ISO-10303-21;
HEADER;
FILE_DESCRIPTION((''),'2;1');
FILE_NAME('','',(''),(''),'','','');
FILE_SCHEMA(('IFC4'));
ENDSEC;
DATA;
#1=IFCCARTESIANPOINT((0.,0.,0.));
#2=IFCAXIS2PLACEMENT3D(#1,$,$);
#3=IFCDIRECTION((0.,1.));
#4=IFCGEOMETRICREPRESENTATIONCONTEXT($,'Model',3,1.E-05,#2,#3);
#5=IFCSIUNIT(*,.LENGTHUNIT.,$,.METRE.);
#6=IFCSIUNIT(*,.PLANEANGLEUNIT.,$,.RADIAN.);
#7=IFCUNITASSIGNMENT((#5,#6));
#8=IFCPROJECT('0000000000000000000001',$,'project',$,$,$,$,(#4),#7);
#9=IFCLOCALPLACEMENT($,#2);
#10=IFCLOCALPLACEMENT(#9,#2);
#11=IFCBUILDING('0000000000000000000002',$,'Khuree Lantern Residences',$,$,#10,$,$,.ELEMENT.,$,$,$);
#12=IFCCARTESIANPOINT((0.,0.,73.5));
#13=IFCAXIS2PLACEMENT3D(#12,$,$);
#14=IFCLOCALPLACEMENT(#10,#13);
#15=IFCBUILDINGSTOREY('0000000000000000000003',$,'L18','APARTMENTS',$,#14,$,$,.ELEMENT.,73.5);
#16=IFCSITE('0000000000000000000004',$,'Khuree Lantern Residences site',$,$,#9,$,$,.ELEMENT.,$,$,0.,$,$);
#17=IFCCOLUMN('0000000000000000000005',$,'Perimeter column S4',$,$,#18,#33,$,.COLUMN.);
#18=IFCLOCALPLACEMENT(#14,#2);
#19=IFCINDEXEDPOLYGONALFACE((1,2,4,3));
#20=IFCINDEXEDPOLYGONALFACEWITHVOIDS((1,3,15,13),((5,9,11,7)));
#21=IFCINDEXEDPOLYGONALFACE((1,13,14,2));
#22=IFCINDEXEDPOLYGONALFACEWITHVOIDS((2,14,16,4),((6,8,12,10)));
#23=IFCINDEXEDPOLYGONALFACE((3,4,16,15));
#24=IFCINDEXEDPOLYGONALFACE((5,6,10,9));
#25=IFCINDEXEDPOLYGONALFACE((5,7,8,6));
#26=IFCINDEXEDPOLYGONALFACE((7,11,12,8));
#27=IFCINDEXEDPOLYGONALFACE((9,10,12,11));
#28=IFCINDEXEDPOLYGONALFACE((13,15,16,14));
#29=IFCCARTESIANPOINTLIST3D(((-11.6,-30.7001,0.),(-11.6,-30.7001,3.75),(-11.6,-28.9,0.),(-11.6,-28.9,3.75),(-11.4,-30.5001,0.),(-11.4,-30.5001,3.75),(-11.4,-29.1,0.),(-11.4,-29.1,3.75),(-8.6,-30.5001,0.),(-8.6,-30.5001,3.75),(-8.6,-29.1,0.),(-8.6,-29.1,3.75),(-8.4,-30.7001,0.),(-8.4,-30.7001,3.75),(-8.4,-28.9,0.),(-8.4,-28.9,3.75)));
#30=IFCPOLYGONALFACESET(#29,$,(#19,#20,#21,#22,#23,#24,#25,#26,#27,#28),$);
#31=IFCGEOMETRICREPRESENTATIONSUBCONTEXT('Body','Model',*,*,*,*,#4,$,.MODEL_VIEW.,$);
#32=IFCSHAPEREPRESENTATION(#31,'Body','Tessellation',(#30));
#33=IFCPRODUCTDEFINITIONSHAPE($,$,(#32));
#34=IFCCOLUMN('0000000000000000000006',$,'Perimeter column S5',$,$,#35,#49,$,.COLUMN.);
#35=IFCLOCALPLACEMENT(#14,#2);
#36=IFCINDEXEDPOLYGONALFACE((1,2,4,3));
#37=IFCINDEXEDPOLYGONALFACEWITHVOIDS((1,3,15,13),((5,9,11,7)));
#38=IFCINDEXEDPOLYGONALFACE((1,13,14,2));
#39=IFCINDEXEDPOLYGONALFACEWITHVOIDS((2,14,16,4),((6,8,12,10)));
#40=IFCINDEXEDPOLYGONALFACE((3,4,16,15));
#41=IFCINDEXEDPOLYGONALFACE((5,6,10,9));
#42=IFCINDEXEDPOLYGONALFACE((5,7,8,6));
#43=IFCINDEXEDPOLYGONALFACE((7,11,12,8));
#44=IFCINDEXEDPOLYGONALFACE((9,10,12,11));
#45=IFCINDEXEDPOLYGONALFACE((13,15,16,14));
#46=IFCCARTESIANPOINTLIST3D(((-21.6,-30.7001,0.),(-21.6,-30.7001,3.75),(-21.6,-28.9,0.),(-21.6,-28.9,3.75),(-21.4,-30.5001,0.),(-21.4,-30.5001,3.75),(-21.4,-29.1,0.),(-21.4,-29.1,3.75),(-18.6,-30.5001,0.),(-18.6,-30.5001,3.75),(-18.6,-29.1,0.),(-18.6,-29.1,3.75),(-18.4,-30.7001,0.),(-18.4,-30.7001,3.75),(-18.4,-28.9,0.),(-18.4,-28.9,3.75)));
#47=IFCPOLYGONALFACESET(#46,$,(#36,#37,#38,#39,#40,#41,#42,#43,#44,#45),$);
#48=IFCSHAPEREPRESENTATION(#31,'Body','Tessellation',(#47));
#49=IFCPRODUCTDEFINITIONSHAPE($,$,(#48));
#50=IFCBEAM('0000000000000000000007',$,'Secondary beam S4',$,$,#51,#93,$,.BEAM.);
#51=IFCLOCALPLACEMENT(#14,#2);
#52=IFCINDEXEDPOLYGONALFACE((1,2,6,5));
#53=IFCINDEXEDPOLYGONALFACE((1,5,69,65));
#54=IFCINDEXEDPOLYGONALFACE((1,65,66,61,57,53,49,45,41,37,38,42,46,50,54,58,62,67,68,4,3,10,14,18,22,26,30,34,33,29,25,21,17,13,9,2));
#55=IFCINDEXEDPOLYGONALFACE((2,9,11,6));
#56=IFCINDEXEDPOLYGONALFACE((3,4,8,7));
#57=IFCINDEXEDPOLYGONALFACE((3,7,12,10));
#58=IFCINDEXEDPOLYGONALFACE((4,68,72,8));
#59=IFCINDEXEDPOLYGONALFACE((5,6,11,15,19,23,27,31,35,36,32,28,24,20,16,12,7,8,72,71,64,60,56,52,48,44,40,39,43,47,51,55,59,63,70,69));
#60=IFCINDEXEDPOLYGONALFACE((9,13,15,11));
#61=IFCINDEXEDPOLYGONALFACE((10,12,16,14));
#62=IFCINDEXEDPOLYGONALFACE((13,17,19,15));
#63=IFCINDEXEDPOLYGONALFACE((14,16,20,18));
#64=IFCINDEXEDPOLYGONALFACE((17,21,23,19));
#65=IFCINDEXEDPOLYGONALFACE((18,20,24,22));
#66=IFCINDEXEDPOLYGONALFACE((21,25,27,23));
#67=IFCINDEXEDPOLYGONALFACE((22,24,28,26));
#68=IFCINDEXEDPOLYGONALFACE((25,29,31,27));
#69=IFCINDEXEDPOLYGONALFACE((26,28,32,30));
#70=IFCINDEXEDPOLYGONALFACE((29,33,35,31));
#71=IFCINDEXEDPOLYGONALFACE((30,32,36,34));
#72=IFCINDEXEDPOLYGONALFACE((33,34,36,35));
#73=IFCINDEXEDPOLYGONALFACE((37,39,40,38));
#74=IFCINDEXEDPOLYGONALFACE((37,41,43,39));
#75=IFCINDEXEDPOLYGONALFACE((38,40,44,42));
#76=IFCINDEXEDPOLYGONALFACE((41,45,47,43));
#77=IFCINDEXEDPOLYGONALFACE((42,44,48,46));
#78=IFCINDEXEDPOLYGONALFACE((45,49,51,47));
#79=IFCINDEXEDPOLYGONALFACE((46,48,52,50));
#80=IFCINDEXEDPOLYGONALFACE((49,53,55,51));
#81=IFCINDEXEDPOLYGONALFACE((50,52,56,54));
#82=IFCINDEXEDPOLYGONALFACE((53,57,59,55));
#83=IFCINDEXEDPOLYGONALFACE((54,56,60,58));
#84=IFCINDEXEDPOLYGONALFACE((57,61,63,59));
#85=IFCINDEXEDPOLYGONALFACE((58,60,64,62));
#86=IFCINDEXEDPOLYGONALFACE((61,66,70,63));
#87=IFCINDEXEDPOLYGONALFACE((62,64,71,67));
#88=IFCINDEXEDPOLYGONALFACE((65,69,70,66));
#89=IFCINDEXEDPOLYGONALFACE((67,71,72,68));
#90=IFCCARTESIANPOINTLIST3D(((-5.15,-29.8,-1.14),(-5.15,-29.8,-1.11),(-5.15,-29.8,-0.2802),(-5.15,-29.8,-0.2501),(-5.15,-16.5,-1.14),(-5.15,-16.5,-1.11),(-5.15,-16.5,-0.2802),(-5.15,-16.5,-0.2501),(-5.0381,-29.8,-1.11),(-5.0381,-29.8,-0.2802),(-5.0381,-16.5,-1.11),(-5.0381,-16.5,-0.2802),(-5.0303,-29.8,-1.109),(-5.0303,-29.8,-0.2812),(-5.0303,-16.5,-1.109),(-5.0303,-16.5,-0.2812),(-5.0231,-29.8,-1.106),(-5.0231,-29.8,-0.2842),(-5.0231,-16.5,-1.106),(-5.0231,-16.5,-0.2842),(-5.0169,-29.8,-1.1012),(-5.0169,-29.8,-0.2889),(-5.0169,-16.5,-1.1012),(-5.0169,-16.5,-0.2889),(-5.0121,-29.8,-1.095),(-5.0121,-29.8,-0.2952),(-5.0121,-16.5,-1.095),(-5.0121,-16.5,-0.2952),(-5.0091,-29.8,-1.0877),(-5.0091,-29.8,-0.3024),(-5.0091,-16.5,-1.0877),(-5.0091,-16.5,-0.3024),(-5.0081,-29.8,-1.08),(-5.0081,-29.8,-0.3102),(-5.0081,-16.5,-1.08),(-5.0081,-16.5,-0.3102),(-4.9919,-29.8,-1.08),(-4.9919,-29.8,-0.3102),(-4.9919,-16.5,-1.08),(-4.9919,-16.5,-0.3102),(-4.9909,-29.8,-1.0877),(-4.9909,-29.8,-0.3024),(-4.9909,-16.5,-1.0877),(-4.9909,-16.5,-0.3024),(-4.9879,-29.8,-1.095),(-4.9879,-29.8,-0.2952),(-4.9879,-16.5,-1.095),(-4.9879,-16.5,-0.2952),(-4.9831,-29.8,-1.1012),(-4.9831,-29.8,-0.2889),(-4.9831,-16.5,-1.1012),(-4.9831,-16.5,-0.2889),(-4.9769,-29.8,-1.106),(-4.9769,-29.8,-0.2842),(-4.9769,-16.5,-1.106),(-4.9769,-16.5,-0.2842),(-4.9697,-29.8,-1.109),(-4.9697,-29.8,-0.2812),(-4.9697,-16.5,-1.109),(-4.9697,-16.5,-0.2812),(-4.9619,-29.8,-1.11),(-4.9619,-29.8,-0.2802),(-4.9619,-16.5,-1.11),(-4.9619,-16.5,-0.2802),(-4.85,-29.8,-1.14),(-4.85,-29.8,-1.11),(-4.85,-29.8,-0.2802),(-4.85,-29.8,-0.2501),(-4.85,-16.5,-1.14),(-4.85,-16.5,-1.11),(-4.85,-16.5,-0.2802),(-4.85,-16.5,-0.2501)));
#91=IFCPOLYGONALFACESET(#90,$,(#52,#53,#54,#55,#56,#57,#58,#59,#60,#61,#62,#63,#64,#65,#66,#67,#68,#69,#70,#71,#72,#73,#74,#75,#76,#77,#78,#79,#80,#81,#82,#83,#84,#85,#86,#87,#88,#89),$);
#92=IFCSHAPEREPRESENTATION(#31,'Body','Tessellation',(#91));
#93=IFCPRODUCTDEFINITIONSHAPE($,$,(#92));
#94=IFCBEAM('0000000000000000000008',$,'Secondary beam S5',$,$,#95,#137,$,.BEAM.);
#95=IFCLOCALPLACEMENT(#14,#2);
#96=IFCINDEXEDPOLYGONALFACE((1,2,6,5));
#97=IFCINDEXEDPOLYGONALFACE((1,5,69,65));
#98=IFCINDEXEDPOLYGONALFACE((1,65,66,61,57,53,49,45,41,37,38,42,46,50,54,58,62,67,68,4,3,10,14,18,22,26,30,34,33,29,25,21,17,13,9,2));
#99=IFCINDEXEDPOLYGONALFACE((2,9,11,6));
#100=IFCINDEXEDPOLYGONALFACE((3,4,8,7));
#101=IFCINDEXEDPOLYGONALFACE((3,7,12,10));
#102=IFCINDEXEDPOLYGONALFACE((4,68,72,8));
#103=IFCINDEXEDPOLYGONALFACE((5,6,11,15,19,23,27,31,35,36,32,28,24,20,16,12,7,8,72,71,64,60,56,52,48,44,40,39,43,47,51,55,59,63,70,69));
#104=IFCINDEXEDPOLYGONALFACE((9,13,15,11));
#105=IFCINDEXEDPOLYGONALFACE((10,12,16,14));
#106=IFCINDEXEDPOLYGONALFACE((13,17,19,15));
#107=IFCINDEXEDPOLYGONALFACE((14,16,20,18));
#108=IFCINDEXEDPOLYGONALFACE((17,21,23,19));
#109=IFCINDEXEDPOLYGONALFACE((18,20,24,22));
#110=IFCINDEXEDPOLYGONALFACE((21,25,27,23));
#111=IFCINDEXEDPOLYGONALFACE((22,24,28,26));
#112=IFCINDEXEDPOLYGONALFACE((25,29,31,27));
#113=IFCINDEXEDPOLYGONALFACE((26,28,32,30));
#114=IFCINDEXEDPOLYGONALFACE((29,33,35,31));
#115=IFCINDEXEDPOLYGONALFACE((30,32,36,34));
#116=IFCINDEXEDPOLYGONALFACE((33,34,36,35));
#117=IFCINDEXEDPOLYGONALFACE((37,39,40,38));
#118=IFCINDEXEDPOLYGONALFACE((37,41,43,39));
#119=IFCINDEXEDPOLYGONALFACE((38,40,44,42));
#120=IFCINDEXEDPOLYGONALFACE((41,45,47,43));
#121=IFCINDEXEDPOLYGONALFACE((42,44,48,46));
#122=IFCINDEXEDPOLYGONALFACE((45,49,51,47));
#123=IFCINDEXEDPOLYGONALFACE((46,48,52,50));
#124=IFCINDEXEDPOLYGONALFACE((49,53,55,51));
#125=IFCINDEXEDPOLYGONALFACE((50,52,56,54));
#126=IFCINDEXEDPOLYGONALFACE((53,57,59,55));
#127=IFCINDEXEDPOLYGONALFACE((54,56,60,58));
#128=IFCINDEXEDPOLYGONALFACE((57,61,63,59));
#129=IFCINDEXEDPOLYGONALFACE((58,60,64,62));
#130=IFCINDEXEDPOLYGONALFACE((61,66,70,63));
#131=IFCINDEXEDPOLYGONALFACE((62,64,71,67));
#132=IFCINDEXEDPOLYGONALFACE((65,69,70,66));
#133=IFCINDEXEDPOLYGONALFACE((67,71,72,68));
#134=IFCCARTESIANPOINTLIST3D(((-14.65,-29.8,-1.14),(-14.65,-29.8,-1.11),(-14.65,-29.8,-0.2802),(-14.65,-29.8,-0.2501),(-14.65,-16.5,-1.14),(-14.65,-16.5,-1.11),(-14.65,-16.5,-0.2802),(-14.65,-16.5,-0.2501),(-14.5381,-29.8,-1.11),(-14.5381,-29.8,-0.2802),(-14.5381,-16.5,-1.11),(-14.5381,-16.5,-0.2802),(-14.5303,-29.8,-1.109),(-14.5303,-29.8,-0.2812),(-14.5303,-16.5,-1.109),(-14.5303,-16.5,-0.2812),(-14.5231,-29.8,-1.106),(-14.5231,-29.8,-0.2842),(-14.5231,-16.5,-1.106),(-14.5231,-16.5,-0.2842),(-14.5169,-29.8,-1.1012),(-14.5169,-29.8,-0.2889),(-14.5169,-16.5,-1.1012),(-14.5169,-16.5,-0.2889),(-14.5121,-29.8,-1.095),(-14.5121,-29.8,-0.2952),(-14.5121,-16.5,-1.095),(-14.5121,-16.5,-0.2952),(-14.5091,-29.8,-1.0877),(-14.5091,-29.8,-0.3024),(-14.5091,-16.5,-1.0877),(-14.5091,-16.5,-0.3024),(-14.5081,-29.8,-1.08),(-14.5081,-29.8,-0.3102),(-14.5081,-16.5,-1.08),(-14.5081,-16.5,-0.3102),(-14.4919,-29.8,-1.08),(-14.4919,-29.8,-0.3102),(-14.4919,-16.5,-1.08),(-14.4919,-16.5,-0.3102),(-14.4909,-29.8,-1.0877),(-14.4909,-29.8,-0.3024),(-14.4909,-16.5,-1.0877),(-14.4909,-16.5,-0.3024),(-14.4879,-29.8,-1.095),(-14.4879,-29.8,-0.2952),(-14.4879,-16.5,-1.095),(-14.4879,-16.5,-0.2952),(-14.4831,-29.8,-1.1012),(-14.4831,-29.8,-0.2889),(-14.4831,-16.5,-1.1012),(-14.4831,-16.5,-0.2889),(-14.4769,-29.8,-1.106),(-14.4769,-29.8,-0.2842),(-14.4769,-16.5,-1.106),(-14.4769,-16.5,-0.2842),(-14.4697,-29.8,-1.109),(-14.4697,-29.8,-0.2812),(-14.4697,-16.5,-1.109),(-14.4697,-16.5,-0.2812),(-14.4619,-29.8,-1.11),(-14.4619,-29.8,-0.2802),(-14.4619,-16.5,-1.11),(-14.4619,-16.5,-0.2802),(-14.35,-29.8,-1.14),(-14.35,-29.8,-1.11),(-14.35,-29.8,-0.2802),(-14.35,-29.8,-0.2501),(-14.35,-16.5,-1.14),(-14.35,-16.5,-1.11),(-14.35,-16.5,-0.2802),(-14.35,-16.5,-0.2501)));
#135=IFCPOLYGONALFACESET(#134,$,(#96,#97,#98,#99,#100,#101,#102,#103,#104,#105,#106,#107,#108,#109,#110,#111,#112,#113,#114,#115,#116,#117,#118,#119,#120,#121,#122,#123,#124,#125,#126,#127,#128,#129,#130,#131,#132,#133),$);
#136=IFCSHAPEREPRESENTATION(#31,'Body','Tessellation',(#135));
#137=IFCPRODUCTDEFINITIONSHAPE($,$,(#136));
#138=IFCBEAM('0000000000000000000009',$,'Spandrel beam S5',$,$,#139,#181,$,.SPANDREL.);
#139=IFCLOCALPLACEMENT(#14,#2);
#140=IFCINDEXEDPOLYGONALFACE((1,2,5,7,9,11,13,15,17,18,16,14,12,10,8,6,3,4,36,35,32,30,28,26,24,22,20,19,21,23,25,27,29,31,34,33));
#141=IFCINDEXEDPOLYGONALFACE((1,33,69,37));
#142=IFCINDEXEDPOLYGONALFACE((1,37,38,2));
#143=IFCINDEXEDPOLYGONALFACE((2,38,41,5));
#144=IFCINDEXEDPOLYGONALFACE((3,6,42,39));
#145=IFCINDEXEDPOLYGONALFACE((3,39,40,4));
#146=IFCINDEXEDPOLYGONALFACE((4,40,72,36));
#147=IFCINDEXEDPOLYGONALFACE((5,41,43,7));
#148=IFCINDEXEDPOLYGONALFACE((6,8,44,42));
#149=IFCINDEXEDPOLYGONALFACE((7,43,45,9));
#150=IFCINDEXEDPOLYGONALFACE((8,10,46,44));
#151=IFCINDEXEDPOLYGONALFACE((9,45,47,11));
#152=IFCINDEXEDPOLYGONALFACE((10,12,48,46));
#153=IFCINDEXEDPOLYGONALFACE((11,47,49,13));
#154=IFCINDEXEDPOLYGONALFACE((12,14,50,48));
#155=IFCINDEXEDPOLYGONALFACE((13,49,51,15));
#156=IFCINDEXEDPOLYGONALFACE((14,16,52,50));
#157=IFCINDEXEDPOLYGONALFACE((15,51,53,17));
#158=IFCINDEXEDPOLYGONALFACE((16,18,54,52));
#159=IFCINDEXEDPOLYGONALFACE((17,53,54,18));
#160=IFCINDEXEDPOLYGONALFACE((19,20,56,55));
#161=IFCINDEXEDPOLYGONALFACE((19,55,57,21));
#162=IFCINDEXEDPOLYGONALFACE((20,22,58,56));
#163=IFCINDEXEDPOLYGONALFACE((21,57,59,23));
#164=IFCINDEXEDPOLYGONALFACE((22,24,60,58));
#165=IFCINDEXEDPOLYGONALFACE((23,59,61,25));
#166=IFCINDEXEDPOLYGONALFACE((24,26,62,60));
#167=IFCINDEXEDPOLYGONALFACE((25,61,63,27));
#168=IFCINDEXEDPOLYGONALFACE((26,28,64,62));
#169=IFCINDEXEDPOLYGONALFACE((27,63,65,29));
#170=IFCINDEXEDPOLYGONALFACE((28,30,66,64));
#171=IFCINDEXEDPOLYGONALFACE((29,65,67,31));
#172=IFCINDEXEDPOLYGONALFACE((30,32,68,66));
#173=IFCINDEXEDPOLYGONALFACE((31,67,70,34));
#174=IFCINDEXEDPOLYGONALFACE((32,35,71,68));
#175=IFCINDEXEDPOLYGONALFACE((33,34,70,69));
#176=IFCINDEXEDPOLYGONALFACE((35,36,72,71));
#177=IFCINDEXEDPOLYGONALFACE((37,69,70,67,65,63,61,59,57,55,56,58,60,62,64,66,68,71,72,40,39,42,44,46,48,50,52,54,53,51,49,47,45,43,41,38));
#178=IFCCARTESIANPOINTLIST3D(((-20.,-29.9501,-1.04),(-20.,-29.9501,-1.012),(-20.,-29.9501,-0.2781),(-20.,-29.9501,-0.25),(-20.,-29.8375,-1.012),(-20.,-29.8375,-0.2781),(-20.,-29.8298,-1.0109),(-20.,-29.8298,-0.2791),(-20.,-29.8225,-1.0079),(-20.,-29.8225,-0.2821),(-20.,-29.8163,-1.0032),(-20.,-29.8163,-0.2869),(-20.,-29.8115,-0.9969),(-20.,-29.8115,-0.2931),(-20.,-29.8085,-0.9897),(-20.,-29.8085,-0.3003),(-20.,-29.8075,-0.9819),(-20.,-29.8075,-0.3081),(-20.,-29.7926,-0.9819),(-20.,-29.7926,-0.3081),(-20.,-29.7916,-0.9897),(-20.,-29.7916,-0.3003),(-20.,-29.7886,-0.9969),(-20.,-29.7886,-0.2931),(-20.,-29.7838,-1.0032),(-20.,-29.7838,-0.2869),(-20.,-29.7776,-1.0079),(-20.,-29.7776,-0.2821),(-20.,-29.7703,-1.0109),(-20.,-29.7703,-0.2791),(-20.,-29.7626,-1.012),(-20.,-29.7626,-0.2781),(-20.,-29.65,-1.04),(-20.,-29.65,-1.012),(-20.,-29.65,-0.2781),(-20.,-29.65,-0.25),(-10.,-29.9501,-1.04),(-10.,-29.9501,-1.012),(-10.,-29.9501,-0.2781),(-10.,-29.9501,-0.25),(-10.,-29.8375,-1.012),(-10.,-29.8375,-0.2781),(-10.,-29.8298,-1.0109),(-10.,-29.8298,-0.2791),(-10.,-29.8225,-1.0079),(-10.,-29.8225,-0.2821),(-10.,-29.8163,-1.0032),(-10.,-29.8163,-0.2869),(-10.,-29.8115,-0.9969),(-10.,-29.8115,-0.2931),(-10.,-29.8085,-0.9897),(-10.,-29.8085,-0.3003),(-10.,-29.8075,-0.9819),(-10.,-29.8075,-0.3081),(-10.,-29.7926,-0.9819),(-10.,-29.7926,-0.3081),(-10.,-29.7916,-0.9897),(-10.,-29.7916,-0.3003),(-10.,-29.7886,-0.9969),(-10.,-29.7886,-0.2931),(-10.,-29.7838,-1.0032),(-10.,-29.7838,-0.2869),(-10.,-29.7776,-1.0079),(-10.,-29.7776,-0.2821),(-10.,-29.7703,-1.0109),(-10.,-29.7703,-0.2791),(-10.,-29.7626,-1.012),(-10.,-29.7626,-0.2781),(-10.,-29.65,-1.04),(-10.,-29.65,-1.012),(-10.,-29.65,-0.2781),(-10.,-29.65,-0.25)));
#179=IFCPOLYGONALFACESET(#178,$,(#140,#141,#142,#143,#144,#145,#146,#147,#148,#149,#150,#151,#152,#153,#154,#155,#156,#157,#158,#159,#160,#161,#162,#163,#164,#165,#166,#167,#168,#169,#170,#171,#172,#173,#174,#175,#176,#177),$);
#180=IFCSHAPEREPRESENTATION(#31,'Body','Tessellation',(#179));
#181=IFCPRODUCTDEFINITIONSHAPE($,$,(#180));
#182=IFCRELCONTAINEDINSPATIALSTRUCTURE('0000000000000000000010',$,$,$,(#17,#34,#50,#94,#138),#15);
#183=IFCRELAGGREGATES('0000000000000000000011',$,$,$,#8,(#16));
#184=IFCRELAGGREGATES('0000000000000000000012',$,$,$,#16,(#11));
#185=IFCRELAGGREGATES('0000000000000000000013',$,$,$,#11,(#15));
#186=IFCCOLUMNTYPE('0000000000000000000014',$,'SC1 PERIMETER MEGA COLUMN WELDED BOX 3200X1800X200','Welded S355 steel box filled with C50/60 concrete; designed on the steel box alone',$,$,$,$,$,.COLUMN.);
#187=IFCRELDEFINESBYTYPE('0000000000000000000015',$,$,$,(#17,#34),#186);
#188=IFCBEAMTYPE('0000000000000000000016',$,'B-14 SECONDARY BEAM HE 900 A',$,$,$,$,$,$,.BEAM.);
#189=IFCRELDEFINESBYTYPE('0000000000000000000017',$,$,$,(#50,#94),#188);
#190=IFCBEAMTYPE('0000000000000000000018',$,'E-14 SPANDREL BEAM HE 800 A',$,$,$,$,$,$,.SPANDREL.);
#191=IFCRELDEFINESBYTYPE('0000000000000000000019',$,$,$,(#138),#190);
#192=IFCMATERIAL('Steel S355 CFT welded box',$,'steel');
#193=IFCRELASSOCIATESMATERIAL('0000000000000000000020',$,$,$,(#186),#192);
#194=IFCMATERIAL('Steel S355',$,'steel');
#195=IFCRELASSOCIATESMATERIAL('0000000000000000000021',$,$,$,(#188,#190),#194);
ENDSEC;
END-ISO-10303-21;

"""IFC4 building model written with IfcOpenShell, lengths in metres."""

from ifc_helpers import new_model, si_unit, direction, frame, origin, origin_2d, place, context, subcontext, project, spatial, hollow_rectangle, i_section, extrude, material, material_profile, profile_set, type_object, element, save


model = new_model("IFC4")

# Units and contexts
model_context = context("Model", 3, precision=1e-05, world=origin(), true_north=direction((0.0, 1.0)))
body_context = subcontext(model_context, "Body", "Model", "MODEL_VIEW")
ifc_project = project(units=[si_unit("LENGTHUNIT", "METRE"), si_unit("PLANEANGLEUNIT", "RADIAN")], contexts=[model_context])

# Site, building, storey
site_placement = place(None, origin())
site = spatial("IfcSite", under=ifc_project, at=site_placement, Name="Khuree Lantern Residences site", CompositionType="ELEMENT", RefElevation=0.0)
building_placement = place(site_placement, origin())
building = spatial("IfcBuilding", under=site, at=building_placement, Name="Khuree Lantern Residences", CompositionType="ELEMENT")
storey_placement = place(building_placement, frame((0.0, 0.0, 73.5)))
storey = spatial("IfcBuildingStorey", under=building, at=storey_placement, Name="L18", Description="APARTMENTS", CompositionType="ELEMENT", Elevation=73.5)

# Columns
ifc_material_1 = material(Name="Steel S355 CFT welded box", Category="steel")
ifc_material_profile_1 = material_profile(ifc_material_1, hollow_rectangle(XDim=3.2, YDim=1.8, WallThickness=0.2, at=origin_2d()), Name="WELDED BOX 3200X1800X200")
ifc_profile_set_1 = profile_set([ifc_material_profile_1], Name="Steel S355 CFT welded box")
column_type = type_object("IfcColumnType", Name="SC1 PERIMETER MEGA COLUMN WELDED BOX 3200X1800X200", Description="Welded S355 steel box filled with C50/60 concrete; designed on the steel box alone", PredefinedType="COLUMN", material=ifc_profile_set_1)
for number, where, z_axis, x_axis, name in (
    (1, (-10.0, -29.8, 0.0), (0.0, 0.0, 1.0), (1.0, 0.0, 0.0), "Perimeter column S4"),
    (2, (-20.0, -29.8, 0.0), (0.0, 0.0, 1.0), (1.0, 0.0, 0.0), "Perimeter column S5"),
):
    element("IfcColumn", number, at=place(storey_placement, frame(where, z_axis=z_axis, x_axis=x_axis)), inside=storey, type_object=column_type, Name=name, PredefinedType="COLUMN", context=body_context, shape_type="SweptSolid", body=[
        extrude(hollow_rectangle(XDim=3.2, YDim=1.8, WallThickness=0.2, at=origin_2d()), origin(), (0.0, 0.0, 1.0), 3.75),
    ])

# Beams
ifc_material_2 = material(Name="Steel S355", Category="steel")
ifc_material_profile_2 = material_profile(ifc_material_2, i_section(OverallWidth=0.3, OverallDepth=0.8899, WebThickness=0.0161, FlangeThickness=0.03, FilletRadius=0.03, at=origin_2d()), Name="HE 900 A")
ifc_profile_set_2 = profile_set([ifc_material_profile_2], Name="Steel S355")
beam_type_1 = type_object("IfcBeamType", Name="B-14 SECONDARY BEAM HE 900 A", PredefinedType="BEAM", material=ifc_profile_set_2)
for number, where, z_axis, x_axis, name in (
    (3, (-5.0, -29.8, -0.6951), (0.0, 1.0, 0.0), (-1.0, 0.0, 0.0), "Secondary beam S4"),
    (4, (-14.5, -29.8, -0.6951), (0.0, 1.0, 0.0), (-1.0, 0.0, 0.0), "Secondary beam S5"),
):
    element("IfcBeam", number, at=place(storey_placement, frame(where, z_axis=z_axis, x_axis=x_axis)), inside=storey, type_object=beam_type_1, Name=name, PredefinedType="BEAM", context=body_context, shape_type="SweptSolid", body=[
        extrude(i_section(OverallWidth=0.3, OverallDepth=0.8899, WebThickness=0.0161, FlangeThickness=0.03, FilletRadius=0.03, at=origin_2d()), origin(), (0.0, 0.0, 1.0), 13.3),
    ])
ifc_material_profile_3 = material_profile(ifc_material_2, i_section(OverallWidth=0.3, OverallDepth=0.79, WebThickness=0.0149, FlangeThickness=0.0281, FilletRadius=0.03, at=origin_2d()), Name="HE 800 A")
ifc_profile_set_3 = profile_set([ifc_material_profile_3], Name="Steel S355")
beam_type_2 = type_object("IfcBeamType", Name="E-14 SPANDREL BEAM HE 800 A", PredefinedType="SPANDREL", material=ifc_profile_set_3)
beam_1_placement = place(storey_placement, frame((-10.0, -29.8, -0.645), z_axis=(-1.0, 0.0, 0.0), x_axis=(0.0, -1.0, 0.0)))
element("IfcBeam", 5, at=beam_1_placement, inside=storey, type_object=beam_type_2, Name="Spandrel beam S5", PredefinedType="SPANDREL", context=body_context, shape_type="SweptSolid", body=[
    extrude(i_section(OverallWidth=0.3, OverallDepth=0.79, WebThickness=0.0149, FlangeThickness=0.0281, FilletRadius=0.03, at=origin_2d()), origin(), (0.0, 0.0, 1.0), 10.0),
])

save(model, "model.ifc")
